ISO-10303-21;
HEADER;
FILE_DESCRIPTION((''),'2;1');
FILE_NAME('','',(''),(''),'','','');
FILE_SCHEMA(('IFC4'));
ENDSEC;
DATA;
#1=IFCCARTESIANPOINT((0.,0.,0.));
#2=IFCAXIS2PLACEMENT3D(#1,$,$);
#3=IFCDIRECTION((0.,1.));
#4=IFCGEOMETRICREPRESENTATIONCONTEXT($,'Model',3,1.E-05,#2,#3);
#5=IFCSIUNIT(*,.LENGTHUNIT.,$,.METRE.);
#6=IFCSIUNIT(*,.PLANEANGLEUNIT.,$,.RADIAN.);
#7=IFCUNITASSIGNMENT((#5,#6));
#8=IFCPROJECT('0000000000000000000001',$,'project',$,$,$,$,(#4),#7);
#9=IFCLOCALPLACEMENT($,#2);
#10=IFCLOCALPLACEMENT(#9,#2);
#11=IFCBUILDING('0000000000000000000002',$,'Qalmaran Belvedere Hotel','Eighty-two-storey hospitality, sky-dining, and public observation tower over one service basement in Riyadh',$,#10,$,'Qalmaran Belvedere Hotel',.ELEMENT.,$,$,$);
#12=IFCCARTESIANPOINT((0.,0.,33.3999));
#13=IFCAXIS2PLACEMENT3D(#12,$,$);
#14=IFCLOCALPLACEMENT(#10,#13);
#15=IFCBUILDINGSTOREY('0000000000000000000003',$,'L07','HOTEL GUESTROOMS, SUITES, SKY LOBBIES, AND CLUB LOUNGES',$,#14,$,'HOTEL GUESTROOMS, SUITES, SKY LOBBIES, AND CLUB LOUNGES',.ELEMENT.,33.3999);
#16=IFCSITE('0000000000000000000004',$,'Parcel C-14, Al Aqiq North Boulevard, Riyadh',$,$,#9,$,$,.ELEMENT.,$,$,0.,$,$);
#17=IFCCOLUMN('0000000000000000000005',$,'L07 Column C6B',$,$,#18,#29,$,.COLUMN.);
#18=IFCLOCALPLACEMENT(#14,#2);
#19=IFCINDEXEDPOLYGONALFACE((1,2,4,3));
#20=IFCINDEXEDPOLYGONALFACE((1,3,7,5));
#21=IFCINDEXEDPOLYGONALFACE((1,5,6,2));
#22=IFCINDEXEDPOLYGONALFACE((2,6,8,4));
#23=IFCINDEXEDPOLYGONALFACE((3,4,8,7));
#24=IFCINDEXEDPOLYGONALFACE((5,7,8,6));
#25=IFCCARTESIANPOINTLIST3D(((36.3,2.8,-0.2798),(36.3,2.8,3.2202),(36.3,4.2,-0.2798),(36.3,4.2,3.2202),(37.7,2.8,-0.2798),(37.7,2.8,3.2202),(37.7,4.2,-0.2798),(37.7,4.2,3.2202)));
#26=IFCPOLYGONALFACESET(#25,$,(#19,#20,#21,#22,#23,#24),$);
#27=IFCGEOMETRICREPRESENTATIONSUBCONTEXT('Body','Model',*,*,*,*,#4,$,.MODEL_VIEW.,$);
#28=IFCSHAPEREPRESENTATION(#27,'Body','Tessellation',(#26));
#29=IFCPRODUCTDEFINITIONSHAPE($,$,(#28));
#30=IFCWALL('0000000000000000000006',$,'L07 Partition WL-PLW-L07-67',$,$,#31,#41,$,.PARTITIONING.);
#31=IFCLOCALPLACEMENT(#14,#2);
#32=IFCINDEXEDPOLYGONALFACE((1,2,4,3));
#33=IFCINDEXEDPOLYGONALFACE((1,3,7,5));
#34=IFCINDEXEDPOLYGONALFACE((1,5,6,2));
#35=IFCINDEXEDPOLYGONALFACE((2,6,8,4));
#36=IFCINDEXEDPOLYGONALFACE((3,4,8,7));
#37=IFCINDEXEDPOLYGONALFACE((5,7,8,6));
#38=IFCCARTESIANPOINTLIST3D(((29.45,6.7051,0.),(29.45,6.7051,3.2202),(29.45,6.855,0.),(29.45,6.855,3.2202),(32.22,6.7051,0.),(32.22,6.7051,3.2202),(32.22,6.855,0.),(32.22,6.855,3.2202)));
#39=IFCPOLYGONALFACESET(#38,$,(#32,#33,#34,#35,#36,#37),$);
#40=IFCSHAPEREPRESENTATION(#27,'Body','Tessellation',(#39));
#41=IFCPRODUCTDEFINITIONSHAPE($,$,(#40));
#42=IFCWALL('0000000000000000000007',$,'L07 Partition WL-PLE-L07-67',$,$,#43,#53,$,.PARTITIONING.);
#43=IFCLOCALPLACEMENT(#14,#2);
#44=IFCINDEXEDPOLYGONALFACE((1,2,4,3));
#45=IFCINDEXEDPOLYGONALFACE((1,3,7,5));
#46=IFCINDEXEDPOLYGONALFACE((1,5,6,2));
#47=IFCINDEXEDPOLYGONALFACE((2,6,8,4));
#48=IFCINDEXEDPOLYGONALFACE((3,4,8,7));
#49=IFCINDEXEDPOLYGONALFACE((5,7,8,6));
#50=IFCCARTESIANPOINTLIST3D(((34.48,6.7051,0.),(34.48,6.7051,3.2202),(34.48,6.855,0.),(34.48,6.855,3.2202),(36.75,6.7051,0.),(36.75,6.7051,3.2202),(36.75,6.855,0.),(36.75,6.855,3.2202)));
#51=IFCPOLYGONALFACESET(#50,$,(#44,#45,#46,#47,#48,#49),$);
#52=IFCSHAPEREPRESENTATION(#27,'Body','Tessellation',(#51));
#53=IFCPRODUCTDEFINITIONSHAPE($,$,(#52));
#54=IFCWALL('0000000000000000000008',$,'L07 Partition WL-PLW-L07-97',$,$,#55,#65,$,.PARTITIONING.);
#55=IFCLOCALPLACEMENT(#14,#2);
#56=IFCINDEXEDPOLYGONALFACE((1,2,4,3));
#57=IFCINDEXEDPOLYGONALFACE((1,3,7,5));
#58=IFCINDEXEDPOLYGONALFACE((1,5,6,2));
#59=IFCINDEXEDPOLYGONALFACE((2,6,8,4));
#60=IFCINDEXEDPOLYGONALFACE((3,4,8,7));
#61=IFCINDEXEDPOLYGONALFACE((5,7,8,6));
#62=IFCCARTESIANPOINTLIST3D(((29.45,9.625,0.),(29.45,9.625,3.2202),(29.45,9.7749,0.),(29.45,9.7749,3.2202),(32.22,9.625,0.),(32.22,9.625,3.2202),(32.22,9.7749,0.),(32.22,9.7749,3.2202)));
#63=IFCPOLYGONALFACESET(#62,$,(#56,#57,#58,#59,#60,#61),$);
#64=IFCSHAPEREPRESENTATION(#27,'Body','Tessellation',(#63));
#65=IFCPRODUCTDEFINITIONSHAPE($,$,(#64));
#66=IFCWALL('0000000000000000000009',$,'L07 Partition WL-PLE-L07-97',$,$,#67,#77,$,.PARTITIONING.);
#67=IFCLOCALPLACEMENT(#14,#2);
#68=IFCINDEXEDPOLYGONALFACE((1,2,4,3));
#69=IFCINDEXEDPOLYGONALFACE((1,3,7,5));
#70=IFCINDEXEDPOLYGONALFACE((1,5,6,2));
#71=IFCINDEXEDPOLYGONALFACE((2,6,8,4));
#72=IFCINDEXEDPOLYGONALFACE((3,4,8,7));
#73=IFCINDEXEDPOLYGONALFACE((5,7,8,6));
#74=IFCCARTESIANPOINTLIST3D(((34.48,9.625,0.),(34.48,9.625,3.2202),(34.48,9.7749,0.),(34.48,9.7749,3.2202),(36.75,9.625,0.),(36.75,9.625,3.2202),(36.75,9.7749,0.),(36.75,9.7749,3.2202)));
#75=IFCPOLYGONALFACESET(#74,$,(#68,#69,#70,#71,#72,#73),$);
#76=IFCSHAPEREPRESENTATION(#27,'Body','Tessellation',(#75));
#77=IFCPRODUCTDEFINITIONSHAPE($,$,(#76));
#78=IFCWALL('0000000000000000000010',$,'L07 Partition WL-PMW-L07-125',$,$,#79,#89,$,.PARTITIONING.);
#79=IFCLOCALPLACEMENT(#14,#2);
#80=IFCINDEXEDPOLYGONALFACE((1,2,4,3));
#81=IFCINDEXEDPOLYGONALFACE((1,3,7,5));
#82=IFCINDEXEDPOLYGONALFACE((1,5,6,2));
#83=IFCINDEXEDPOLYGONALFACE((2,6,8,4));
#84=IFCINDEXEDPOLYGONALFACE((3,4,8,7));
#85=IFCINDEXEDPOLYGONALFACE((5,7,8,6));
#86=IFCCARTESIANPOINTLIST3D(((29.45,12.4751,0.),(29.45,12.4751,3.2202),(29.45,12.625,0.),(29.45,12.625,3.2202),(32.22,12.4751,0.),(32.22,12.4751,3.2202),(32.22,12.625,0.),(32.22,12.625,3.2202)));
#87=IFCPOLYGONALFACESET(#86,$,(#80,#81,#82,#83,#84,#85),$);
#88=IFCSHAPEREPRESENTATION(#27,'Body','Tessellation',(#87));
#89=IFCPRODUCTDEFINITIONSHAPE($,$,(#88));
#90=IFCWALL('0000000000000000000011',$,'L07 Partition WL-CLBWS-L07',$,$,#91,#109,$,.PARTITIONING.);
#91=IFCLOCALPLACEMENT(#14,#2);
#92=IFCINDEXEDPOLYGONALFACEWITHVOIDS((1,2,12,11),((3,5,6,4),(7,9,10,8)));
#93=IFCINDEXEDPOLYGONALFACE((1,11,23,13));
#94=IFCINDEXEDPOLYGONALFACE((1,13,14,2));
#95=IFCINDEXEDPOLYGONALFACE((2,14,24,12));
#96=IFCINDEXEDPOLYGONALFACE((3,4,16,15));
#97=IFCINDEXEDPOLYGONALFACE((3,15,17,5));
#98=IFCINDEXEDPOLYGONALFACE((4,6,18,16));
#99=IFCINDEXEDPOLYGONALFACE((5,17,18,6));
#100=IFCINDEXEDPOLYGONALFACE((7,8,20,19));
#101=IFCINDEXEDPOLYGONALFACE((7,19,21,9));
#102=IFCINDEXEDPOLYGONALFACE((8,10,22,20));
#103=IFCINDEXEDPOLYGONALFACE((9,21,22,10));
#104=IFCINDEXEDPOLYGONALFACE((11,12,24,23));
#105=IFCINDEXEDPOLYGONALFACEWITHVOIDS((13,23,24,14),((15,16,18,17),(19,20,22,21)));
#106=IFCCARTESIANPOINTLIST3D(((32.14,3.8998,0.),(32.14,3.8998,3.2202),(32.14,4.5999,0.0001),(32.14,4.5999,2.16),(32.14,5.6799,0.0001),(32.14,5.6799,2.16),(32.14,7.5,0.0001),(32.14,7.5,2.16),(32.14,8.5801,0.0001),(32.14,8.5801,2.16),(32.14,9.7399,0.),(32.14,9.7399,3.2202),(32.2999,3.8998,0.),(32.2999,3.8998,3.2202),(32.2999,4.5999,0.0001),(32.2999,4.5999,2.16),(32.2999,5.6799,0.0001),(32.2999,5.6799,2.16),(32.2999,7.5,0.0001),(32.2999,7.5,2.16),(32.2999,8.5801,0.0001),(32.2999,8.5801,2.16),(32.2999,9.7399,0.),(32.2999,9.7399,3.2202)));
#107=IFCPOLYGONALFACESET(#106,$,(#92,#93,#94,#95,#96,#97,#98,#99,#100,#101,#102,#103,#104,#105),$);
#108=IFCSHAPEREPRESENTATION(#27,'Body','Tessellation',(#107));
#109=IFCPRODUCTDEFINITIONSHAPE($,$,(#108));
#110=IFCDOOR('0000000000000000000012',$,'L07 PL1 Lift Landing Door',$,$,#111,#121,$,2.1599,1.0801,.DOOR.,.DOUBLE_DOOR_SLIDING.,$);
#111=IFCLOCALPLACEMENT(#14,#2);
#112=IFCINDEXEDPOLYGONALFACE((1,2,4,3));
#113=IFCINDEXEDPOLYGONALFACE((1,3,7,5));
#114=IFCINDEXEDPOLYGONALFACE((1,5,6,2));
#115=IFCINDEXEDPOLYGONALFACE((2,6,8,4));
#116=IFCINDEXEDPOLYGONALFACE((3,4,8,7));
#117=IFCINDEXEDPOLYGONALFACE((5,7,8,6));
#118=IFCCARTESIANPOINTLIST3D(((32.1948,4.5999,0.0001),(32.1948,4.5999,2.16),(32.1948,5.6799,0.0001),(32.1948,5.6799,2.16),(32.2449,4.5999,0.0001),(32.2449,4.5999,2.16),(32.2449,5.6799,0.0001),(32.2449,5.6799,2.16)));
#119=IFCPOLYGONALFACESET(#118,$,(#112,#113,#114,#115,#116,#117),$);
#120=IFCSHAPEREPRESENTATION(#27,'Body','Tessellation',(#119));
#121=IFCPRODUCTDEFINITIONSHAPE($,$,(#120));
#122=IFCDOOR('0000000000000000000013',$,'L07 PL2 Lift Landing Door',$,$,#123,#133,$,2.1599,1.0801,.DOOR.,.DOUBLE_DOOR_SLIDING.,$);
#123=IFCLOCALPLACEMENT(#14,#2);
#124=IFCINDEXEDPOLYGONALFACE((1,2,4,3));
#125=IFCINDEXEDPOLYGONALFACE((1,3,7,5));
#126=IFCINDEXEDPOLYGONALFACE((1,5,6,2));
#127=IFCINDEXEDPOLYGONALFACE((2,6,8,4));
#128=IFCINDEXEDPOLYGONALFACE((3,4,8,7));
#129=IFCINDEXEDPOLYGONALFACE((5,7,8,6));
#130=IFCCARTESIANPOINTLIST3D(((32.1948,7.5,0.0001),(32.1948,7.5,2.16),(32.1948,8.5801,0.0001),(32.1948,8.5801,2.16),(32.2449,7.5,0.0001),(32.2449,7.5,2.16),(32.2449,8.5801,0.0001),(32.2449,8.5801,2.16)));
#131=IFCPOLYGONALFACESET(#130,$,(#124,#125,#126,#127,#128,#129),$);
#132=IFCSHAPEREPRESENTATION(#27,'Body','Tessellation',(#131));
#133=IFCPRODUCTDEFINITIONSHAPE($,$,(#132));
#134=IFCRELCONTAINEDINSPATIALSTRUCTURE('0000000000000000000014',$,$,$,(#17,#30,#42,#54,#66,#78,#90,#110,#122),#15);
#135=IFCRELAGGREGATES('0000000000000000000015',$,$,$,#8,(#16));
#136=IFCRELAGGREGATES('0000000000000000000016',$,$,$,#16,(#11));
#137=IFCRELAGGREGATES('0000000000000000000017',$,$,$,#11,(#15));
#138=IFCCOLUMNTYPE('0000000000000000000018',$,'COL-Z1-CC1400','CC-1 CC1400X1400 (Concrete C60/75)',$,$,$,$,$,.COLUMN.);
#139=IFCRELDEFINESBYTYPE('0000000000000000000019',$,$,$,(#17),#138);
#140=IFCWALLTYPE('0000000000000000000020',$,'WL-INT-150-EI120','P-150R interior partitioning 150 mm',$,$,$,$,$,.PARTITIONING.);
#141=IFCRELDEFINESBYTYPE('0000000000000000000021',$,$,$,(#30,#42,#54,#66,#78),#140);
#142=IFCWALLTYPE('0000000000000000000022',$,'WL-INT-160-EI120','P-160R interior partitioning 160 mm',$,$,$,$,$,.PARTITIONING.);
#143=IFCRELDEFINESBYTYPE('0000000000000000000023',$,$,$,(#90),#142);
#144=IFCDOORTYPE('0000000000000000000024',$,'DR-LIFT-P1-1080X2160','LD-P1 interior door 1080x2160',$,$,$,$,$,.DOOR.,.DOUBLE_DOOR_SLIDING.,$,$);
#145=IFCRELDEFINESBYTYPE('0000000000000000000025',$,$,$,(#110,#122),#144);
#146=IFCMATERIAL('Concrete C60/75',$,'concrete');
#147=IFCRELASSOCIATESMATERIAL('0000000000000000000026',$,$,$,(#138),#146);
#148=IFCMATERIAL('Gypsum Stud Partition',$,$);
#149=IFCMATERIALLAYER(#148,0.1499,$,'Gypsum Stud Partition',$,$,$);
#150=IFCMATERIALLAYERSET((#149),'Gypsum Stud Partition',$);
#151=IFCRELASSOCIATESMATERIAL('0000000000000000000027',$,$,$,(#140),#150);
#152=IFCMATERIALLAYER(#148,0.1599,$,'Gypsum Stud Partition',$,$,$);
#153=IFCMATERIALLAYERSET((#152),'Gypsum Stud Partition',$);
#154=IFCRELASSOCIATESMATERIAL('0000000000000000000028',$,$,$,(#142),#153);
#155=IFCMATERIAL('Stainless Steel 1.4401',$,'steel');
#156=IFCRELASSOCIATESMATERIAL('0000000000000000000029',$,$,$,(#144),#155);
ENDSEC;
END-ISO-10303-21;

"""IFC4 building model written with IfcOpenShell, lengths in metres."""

from ifc_helpers import new_model, si_unit, direction, frame, frame_2d, origin, origin_2d, place, context, subcontext, project, spatial, rectangle, extrude, material, layer, layer_set, material_profile, profile_set, type_object, element, fill, save


model = new_model("IFC4")

# Units and contexts
model_context = context("Model", 3, precision=1e-05, world=origin(), true_north=direction((0.0, 1.0)))
body_context = subcontext(model_context, "Body", "Model", "MODEL_VIEW")
ifc_project = project(units=[si_unit("LENGTHUNIT", "METRE"), si_unit("PLANEANGLEUNIT", "RADIAN")], contexts=[model_context])

# Site, building, storey
site_placement = place(None, origin())
site = spatial("IfcSite", under=ifc_project, at=site_placement, Name="Parcel C-14, Al Aqiq North Boulevard, Riyadh", CompositionType="ELEMENT", RefElevation=0.0)
building_placement = place(site_placement, origin())
building = spatial("IfcBuilding", under=site, at=building_placement, Name="Qalmaran Belvedere Hotel", Description="Eighty-two-storey hospitality, sky-dining, and public observation tower over one service basement in Riyadh", LongName="Qalmaran Belvedere Hotel", CompositionType="ELEMENT")
storey_placement = place(building_placement, frame((0.0, 0.0, 33.3999)))
storey = spatial("IfcBuildingStorey", under=building, at=storey_placement, Name="L07", Description="HOTEL GUESTROOMS, SUITES, SKY LOBBIES, AND CLUB LOUNGES", LongName="HOTEL GUESTROOMS, SUITES, SKY LOBBIES, AND CLUB LOUNGES", CompositionType="ELEMENT", Elevation=33.3999)

# Column
ifc_material_1 = material(Name="Concrete C60/75", Category="concrete")
ifc_material_profile = material_profile(ifc_material_1, rectangle(XDim=1.3999, YDim=1.3999, at=origin_2d()), Name="CC1400X1400")
ifc_profile_set = profile_set([ifc_material_profile], Name="Concrete C60/75")
column_type = type_object("IfcColumnType", Name="COL-Z1-CC1400", Description="CC-1 CC1400X1400 (Concrete C60/75)", PredefinedType="COLUMN", material=ifc_profile_set)
column_placement = place(storey_placement, frame((37.0, 3.5, -0.2798), z_axis=(0.0, 0.0, 1.0), x_axis=(1.0, 0.0, 0.0)))
element("IfcColumn", 1, at=column_placement, inside=storey, type_object=column_type, Name="L07 Column C6B", PredefinedType="COLUMN", context=body_context, shape_type="SweptSolid", body=[
    extrude(rectangle(XDim=1.3999, YDim=1.3999, at=origin_2d()), origin(), (0.0, 0.0, 1.0), 3.5),
])

# Walls
ifc_material_2 = material(Name="Gypsum Stud Partition")
ifc_layer_1 = layer(ifc_material_2, 0.1499, Name="Gypsum Stud Partition")
ifc_layer_set_1 = layer_set([ifc_layer_1], Name="Gypsum Stud Partition")
wall_type_1 = type_object("IfcWallType", Name="WL-INT-150-EI120", Description="P-150R interior partitioning 150 mm", PredefinedType="PARTITIONING", material=ifc_layer_set_1)
wall_1_placement = place(storey_placement, frame((29.45, 6.78, 0.0), z_axis=(0.0, 0.0, 1.0), x_axis=(1.0, 0.0, 0.0)))
element("IfcWall", 2, at=wall_1_placement, inside=storey, type_object=wall_type_1, Name="L07 Partition WL-PLW-L07-67", PredefinedType="PARTITIONING", context=body_context, shape_type="SweptSolid", body=[
    extrude(rectangle(XDim=2.77, YDim=0.1499, at=frame_2d((1.385, 0.0))), origin(), (0.0, 0.0, 1.0), 3.2202),
])
wall_2_placement = place(storey_placement, frame((34.48, 6.78, 0.0), z_axis=(0.0, 0.0, 1.0), x_axis=(1.0, 0.0, 0.0)))
element("IfcWall", 3, at=wall_2_placement, inside=storey, type_object=wall_type_1, Name="L07 Partition WL-PLE-L07-67", PredefinedType="PARTITIONING", context=body_context, shape_type="SweptSolid", body=[
    extrude(rectangle(XDim=2.27, YDim=0.1499, at=frame_2d((1.135, 0.0))), origin(), (0.0, 0.0, 1.0), 3.2202),
])
wall_3_placement = place(storey_placement, frame((29.45, 9.7, 0.0), z_axis=(0.0, 0.0, 1.0), x_axis=(1.0, 0.0, 0.0)))
element("IfcWall", 4, at=wall_3_placement, inside=storey, type_object=wall_type_1, Name="L07 Partition WL-PLW-L07-97", PredefinedType="PARTITIONING", context=body_context, shape_type="SweptSolid", body=[
    extrude(rectangle(XDim=2.77, YDim=0.1499, at=frame_2d((1.385, 0.0))), origin(), (0.0, 0.0, 1.0), 3.2202),
])
wall_4_placement = place(storey_placement, frame((34.48, 9.7, 0.0), z_axis=(0.0, 0.0, 1.0), x_axis=(1.0, 0.0, 0.0)))
element("IfcWall", 5, at=wall_4_placement, inside=storey, type_object=wall_type_1, Name="L07 Partition WL-PLE-L07-97", PredefinedType="PARTITIONING", context=body_context, shape_type="SweptSolid", body=[
    extrude(rectangle(XDim=2.27, YDim=0.1499, at=frame_2d((1.135, 0.0))), origin(), (0.0, 0.0, 1.0), 3.2202),
])
wall_5_placement = place(storey_placement, frame((29.45, 12.55, 0.0), z_axis=(0.0, 0.0, 1.0), x_axis=(1.0, 0.0, 0.0)))
element("IfcWall", 6, at=wall_5_placement, inside=storey, type_object=wall_type_1, Name="L07 Partition WL-PMW-L07-125", PredefinedType="PARTITIONING", context=body_context, shape_type="SweptSolid", body=[
    extrude(rectangle(XDim=2.77, YDim=0.1499, at=frame_2d((1.385, 0.0))), origin(), (0.0, 0.0, 1.0), 3.2202),
])

# Wall, openings, doors
ifc_layer_2 = layer(ifc_material_2, 0.1599, Name="Gypsum Stud Partition")
ifc_layer_set_2 = layer_set([ifc_layer_2], Name="Gypsum Stud Partition")
wall_type_2 = type_object("IfcWallType", Name="WL-INT-160-EI120", Description="P-160R interior partitioning 160 mm", PredefinedType="PARTITIONING", material=ifc_layer_set_2)
wall_6_placement = place(storey_placement, frame((32.22, 3.8999, 0.0), z_axis=(0.0, 0.0, 1.0), x_axis=(0.0, 1.0, 0.0)))
wall_6 = element("IfcWall", 7, at=wall_6_placement, inside=storey, type_object=wall_type_2, Name="L07 Partition WL-CLBWS-L07", PredefinedType="PARTITIONING", context=body_context, shape_type="SweptSolid", body=[
    extrude(rectangle(XDim=5.8401, YDim=0.1599, at=frame_2d((2.9199, 0.0))), origin(), (0.0, 0.0, 1.0), 3.2202),
])
opening_1_placement = place(wall_6_placement, frame((1.78, 0.0, 0.0), z_axis=(0.0, 0.0, 1.0), x_axis=(-1.0, 0.0, 0.0)))
opening_1 = element("IfcOpeningElement", 8, at=opening_1_placement, cuts=wall_6, PredefinedType="OPENING", context=body_context, shape_type="SweptSolid", body=[
    extrude(rectangle(XDim=1.0801, YDim=2.1599, at=frame_2d((0.54, 1.0801))), frame((0.0, 0.0898, 0.0), z_axis=(0.0, -1.0, 0.0), x_axis=(1.0, 0.0, 0.0)), (0.0, 0.0, 1.0), 0.1799),
])
opening_2_placement = place(wall_6_placement, frame((4.6802, 0.0, 0.0), z_axis=(0.0, 0.0, 1.0), x_axis=(-1.0, 0.0, 0.0)))
opening_2 = element("IfcOpeningElement", 9, at=opening_2_placement, cuts=wall_6, PredefinedType="OPENING", context=body_context, shape_type="SweptSolid", body=[
    extrude(rectangle(XDim=1.0801, YDim=2.1599, at=frame_2d((0.54, 1.0801))), frame((0.0, 0.0898, 0.0), z_axis=(0.0, -1.0, 0.0), x_axis=(1.0, 0.0, 0.0)), (0.0, 0.0, 1.0), 0.1799),
])
ifc_material_3 = material(Name="Stainless Steel 1.4401", Category="steel")
door_type_1 = type_object("IfcDoorType", Name="DR-LIFT-P1-1080X2160", Description="LD-P1 interior door 1080x2160", OperationType="DOUBLE_DOOR_SLIDING", PredefinedType="DOOR", material=ifc_material_3)
door_1_placement = place(opening_1_placement, origin())
door_1 = element("IfcDoor", 10, at=door_1_placement, inside=storey, type_object=door_type_1, Name="L07 PL1 Lift Landing Door", OperationType="DOUBLE_DOOR_SLIDING", OverallHeight=2.1599, OverallWidth=1.0801, PredefinedType="DOOR", context=body_context, shape_type="SweptSolid", body=[
    extrude(rectangle(XDim=1.0801, YDim=2.1599, at=frame_2d((0.54, 1.0801))), frame((0.0, 0.0249, 0.0), z_axis=(0.0, -1.0, 0.0), x_axis=(1.0, 0.0, 0.0)), (0.0, 0.0, 1.0), 0.05),
])
fill(opening_1, door_1)
door_2_placement = place(opening_2_placement, origin())
door_2 = element("IfcDoor", 11, at=door_2_placement, inside=storey, type_object=door_type_1, Name="L07 PL2 Lift Landing Door", OperationType="DOUBLE_DOOR_SLIDING", OverallHeight=2.1599, OverallWidth=1.0801, PredefinedType="DOOR", context=body_context, shape_type="SweptSolid", body=[
    extrude(rectangle(XDim=1.0801, YDim=2.1599, at=frame_2d((0.54, 1.0801))), frame((0.0, 0.0249, 0.0), z_axis=(0.0, -1.0, 0.0), x_axis=(1.0, 0.0, 0.0)), (0.0, 0.0, 1.0), 0.05),
])
fill(opening_2, door_2)

save(model, "model.ifc")
